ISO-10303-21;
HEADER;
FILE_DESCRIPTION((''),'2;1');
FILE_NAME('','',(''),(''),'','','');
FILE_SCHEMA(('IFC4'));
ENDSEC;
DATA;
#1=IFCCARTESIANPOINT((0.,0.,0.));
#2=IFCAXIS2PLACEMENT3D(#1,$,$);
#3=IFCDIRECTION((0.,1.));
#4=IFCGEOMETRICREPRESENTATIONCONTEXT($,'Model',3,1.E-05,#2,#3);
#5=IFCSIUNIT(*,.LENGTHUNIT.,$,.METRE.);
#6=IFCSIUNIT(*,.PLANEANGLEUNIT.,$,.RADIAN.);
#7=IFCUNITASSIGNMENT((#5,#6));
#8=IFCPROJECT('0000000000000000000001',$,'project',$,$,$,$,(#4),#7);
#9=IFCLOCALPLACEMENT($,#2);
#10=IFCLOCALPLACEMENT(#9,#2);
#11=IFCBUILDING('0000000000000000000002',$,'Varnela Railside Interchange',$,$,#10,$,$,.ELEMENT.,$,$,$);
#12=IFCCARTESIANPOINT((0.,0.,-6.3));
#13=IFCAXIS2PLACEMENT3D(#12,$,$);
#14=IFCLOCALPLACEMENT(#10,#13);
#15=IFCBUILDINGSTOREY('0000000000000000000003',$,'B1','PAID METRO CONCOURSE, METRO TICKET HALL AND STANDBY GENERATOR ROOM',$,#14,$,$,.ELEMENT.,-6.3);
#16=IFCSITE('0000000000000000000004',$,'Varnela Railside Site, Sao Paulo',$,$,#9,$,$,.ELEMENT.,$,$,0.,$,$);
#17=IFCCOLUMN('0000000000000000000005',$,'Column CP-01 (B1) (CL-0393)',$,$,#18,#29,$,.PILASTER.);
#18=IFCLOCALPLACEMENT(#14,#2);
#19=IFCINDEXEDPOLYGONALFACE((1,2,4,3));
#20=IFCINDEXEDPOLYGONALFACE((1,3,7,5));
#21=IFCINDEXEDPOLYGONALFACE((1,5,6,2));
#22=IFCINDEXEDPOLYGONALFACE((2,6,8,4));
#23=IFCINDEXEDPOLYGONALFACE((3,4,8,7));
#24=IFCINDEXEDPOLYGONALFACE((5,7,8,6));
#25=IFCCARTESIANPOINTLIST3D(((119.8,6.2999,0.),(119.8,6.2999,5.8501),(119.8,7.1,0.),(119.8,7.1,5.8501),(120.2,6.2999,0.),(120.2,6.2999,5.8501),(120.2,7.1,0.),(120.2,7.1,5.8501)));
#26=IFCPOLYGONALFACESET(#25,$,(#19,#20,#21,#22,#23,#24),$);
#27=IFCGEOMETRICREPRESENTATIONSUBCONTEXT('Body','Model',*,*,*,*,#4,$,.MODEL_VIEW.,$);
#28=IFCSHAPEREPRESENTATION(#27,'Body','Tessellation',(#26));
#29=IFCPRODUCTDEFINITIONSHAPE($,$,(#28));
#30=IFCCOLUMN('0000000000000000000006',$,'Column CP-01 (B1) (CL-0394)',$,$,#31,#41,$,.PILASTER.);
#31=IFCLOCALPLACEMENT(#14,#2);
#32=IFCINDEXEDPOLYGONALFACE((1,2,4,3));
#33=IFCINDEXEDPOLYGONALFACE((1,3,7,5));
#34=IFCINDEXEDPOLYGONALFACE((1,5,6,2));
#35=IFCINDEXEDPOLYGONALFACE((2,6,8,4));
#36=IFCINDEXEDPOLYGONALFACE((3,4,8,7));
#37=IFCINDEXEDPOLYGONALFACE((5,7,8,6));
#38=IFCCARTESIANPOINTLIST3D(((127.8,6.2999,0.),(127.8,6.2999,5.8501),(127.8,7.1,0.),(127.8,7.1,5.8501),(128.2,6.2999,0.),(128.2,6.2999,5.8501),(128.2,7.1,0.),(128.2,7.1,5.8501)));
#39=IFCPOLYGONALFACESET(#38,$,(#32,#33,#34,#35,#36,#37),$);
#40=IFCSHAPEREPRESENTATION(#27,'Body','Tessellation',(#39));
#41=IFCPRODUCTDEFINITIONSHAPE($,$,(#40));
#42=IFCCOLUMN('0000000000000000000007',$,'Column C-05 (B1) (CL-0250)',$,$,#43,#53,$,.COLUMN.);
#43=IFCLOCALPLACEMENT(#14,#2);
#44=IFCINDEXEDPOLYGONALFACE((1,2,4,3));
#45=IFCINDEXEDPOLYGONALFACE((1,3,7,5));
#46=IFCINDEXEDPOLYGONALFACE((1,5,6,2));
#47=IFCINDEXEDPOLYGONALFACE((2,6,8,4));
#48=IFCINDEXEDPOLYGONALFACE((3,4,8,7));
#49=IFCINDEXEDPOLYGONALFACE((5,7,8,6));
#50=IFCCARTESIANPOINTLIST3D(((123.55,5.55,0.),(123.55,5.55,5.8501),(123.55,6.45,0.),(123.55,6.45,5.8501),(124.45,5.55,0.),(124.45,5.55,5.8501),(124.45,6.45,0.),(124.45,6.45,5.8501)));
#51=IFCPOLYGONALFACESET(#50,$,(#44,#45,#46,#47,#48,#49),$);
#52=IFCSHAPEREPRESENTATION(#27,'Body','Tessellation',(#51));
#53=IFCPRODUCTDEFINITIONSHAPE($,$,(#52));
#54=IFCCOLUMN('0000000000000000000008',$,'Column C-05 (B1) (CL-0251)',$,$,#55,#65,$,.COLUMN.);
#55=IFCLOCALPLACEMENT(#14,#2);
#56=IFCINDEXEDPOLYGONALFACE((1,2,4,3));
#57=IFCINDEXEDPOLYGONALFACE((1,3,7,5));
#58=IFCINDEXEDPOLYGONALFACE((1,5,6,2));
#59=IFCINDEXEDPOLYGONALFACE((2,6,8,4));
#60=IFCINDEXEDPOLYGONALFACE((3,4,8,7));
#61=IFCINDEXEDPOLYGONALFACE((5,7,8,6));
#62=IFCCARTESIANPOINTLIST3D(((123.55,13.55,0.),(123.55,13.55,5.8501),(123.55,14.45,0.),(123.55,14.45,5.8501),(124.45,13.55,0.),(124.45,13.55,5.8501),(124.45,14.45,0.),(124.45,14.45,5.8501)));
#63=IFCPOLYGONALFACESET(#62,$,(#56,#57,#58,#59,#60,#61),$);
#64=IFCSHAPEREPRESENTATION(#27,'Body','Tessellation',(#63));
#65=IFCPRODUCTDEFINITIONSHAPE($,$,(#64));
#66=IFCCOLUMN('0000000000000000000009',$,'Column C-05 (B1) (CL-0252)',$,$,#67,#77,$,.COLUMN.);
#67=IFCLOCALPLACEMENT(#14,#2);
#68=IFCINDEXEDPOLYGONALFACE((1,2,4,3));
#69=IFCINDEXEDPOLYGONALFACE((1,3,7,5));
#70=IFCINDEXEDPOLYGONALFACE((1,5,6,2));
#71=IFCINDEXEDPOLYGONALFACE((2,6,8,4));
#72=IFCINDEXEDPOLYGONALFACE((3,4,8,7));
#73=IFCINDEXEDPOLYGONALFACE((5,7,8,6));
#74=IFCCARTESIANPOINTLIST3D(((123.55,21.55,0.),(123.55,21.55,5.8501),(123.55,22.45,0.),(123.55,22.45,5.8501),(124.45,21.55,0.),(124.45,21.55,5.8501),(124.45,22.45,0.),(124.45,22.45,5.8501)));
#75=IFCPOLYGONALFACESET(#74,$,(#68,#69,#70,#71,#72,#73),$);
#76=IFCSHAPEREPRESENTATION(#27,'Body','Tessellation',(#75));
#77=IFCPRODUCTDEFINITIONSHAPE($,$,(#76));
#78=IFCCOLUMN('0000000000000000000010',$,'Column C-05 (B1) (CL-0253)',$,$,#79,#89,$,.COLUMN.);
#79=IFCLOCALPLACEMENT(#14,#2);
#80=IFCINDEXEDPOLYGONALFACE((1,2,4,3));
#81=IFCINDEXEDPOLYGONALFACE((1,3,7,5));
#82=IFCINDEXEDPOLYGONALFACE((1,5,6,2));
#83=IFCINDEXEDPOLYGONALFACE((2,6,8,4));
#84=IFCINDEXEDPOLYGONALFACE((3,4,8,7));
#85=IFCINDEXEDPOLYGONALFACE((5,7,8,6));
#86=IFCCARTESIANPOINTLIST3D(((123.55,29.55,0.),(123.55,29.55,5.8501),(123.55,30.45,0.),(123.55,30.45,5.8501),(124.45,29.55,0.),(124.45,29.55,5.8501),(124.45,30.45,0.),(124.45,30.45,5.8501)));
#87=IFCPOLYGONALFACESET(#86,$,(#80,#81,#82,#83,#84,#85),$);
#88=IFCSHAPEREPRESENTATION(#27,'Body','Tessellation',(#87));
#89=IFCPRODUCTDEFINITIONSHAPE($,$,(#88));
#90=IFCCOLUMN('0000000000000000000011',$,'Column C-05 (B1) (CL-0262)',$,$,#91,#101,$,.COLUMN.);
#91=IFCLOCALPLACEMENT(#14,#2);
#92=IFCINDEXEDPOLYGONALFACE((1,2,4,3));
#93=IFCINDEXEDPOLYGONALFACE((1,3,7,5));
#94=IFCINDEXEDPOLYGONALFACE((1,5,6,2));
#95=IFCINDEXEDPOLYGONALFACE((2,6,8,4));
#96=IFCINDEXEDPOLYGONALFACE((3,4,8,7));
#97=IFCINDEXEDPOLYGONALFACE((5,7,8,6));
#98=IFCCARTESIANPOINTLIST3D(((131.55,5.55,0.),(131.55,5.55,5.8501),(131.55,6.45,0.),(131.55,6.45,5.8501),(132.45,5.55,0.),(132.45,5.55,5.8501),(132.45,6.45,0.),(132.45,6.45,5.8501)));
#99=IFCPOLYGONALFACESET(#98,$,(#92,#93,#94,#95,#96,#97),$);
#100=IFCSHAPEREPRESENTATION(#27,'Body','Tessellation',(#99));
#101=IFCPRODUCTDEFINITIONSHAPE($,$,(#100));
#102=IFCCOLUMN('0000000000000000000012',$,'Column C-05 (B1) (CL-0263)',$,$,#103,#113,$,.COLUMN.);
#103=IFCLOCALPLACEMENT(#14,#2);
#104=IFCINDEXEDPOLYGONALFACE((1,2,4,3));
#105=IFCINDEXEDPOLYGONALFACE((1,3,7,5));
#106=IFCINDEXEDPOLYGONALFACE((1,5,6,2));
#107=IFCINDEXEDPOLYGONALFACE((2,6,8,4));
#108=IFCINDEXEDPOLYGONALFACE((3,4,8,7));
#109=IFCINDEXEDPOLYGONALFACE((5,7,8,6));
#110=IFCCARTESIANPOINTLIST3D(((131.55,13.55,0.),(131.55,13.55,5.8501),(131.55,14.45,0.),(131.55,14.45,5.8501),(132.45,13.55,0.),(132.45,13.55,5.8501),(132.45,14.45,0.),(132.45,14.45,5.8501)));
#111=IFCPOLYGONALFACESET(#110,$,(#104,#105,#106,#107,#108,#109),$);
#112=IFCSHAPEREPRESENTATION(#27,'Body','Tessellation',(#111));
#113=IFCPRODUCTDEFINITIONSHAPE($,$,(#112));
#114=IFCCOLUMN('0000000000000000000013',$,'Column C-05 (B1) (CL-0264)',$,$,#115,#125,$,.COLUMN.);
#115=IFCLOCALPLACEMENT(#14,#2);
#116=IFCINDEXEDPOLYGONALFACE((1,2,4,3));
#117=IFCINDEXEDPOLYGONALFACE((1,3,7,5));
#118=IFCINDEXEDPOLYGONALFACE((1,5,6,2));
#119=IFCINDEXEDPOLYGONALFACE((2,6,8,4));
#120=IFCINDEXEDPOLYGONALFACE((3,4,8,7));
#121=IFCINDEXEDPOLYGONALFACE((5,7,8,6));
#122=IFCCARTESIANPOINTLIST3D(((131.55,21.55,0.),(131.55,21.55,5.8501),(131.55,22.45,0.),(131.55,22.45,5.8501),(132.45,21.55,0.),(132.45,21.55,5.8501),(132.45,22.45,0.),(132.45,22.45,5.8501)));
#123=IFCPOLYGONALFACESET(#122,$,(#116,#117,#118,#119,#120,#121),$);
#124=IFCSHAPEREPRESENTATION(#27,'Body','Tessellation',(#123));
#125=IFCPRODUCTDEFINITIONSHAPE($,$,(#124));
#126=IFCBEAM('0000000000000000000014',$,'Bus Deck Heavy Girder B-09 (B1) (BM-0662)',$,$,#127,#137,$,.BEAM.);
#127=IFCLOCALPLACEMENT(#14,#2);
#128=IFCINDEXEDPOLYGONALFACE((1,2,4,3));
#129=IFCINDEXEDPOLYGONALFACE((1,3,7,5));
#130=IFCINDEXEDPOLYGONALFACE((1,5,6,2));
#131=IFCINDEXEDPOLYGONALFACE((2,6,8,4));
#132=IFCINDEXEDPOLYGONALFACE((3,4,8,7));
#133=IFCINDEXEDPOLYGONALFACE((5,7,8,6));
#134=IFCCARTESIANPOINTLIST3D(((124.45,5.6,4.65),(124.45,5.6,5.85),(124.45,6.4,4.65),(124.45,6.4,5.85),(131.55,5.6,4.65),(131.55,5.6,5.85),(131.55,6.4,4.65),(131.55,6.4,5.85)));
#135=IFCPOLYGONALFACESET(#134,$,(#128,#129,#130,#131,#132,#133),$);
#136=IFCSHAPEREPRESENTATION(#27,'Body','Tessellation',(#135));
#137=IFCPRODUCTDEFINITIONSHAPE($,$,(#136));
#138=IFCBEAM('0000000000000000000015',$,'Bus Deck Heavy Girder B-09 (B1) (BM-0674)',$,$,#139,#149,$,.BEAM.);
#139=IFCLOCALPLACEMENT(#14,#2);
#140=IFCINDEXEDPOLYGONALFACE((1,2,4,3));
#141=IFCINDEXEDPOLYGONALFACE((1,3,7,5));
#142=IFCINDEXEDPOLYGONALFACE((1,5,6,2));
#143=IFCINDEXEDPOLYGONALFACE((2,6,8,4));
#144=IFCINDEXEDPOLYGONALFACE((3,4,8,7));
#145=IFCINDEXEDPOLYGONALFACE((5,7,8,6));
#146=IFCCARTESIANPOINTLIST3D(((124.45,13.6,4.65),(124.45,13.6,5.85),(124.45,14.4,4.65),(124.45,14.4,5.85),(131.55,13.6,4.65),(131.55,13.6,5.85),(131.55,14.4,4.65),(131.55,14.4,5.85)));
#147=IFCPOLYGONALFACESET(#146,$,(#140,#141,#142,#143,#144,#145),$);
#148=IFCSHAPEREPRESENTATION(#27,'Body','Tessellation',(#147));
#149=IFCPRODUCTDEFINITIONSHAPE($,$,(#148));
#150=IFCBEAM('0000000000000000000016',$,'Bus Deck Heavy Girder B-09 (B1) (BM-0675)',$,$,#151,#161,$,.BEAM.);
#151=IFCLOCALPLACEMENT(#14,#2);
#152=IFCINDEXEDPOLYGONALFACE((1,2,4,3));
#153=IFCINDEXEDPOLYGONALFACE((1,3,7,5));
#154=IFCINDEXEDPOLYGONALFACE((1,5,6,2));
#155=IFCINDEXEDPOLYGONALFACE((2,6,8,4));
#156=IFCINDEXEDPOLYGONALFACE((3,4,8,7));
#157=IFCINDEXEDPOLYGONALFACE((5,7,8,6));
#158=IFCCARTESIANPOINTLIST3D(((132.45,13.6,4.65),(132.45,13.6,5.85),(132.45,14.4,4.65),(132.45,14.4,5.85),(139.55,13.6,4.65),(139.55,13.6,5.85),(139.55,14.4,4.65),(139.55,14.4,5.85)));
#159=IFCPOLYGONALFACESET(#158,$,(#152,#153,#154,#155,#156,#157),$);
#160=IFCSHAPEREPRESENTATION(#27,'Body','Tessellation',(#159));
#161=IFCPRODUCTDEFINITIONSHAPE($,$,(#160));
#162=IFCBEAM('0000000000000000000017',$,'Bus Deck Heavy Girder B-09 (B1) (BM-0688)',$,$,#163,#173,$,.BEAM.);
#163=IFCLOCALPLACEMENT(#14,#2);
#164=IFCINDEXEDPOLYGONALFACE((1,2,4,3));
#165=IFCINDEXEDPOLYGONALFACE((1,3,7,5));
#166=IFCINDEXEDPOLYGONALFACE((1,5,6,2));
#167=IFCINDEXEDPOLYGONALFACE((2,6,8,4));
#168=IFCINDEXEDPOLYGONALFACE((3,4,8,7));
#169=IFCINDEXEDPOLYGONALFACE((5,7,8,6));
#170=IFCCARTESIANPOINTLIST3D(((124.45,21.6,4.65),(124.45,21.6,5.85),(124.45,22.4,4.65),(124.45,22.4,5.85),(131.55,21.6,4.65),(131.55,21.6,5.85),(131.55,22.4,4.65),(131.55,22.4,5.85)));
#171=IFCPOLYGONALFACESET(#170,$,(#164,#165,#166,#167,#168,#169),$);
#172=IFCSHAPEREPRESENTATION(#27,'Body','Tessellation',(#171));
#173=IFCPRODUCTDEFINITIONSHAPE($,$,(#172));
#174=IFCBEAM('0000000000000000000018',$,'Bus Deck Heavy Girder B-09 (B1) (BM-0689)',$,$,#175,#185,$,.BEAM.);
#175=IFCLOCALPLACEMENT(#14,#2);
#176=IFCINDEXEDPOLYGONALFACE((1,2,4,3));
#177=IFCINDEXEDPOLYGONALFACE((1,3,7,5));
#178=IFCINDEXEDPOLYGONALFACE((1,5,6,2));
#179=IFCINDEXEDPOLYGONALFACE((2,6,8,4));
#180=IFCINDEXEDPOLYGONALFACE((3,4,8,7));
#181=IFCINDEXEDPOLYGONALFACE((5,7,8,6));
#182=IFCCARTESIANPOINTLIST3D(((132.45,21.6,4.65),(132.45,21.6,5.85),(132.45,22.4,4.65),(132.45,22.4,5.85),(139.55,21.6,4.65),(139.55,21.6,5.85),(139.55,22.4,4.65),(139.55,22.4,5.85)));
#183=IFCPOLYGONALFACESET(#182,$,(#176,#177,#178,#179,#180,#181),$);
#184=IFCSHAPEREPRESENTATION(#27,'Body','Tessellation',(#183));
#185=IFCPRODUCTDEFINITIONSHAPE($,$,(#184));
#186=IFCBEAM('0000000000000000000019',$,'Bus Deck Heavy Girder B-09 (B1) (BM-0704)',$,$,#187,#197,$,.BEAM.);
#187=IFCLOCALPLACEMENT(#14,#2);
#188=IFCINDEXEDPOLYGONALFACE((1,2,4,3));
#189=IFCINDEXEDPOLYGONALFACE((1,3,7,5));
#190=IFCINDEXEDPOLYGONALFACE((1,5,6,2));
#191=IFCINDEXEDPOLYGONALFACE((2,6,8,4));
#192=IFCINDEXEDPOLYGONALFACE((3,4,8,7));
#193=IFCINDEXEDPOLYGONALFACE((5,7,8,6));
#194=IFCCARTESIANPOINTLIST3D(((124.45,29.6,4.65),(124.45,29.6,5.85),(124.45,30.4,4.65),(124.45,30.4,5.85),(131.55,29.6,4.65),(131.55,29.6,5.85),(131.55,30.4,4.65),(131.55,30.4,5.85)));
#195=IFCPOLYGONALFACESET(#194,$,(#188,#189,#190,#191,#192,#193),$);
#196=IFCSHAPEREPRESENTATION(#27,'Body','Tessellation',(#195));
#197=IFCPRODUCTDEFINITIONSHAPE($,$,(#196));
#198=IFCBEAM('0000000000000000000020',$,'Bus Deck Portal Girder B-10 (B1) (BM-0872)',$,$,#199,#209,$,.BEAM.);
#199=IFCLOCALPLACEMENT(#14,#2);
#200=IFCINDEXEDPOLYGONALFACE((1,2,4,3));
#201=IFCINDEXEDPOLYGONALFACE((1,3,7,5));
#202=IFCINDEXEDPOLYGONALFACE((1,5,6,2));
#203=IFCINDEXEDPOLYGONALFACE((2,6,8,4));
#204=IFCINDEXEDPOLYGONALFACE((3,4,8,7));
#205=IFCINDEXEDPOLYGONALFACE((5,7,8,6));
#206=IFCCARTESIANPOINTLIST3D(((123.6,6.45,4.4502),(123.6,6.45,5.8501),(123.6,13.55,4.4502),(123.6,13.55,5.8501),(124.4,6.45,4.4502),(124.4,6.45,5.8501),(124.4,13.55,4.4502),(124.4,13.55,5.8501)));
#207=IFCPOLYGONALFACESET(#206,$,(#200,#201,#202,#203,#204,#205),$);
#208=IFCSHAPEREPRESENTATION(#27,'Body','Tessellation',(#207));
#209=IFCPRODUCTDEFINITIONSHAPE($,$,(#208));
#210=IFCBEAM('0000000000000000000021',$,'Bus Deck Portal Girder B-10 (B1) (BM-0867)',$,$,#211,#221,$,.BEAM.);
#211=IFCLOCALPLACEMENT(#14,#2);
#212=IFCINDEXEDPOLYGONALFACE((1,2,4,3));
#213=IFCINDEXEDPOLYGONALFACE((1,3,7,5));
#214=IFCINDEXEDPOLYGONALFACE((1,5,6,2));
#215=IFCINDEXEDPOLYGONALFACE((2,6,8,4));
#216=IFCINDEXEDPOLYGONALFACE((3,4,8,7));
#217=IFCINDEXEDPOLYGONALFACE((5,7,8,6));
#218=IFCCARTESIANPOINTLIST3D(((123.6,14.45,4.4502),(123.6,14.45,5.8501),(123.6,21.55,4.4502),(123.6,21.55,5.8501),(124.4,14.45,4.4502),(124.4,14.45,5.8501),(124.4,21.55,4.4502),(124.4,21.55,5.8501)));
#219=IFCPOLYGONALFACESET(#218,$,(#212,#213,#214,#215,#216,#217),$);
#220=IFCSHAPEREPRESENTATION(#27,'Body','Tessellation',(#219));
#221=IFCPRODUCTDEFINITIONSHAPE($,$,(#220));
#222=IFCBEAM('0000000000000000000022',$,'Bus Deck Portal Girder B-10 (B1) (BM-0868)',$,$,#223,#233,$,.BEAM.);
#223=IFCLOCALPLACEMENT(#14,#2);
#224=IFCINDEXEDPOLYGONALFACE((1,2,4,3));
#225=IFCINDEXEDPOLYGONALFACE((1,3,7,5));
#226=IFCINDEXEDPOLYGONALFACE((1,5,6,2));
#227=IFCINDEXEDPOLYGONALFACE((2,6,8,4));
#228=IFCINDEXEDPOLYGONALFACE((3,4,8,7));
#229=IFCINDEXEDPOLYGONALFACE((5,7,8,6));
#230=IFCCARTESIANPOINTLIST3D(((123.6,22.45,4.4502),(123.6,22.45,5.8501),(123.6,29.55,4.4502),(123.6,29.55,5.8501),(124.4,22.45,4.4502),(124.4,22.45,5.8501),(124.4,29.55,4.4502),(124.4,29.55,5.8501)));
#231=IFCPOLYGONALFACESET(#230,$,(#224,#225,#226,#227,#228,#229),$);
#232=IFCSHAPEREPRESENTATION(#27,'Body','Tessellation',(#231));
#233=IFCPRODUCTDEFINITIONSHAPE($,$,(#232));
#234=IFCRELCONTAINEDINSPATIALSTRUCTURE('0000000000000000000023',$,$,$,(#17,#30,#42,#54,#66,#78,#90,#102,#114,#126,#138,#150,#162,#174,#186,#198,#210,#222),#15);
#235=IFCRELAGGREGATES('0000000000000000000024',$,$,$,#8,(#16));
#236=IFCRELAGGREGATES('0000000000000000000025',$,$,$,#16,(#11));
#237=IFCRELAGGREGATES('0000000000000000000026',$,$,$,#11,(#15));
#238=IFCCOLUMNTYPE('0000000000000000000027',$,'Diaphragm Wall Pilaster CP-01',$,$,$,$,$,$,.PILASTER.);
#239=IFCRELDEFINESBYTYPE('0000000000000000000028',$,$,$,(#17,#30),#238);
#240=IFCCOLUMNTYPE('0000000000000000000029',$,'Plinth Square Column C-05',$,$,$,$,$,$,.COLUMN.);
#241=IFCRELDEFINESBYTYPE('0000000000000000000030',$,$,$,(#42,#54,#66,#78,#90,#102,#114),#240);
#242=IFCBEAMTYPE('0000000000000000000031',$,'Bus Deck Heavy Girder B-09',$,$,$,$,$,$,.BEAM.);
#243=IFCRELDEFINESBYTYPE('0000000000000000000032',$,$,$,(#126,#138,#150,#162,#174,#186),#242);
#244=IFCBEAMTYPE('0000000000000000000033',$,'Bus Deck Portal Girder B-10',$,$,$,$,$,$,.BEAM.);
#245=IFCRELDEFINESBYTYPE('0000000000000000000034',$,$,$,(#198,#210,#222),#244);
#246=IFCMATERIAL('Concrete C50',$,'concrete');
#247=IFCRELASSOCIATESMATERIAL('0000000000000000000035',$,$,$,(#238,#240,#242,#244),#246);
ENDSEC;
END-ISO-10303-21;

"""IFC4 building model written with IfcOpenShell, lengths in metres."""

from ifc_helpers import new_model, si_unit, direction, frame, origin, origin_2d, place, context, subcontext, project, spatial, rectangle, extrude, material, material_profile, profile_set, type_object, element, save


model = new_model("IFC4")

# Units and contexts
model_context = context("Model", 3, precision=1e-05, world=origin(), true_north=direction((0.0, 1.0)))
body_context = subcontext(model_context, "Body", "Model", "MODEL_VIEW")
ifc_project = project(units=[si_unit("LENGTHUNIT", "METRE"), si_unit("PLANEANGLEUNIT", "RADIAN")], contexts=[model_context])

# Site, building, storey
site_placement = place(None, origin())
site = spatial("IfcSite", under=ifc_project, at=site_placement, Name="Varnela Railside Site, Sao Paulo", CompositionType="ELEMENT", RefElevation=0.0)
building_placement = place(site_placement, origin())
building = spatial("IfcBuilding", under=site, at=building_placement, Name="Varnela Railside Interchange", CompositionType="ELEMENT")
storey_placement = place(building_placement, frame((0.0, 0.0, -6.3)))
storey = spatial("IfcBuildingStorey", under=building, at=storey_placement, Name="B1", Description="PAID METRO CONCOURSE, METRO TICKET HALL AND STANDBY GENERATOR ROOM", CompositionType="ELEMENT", Elevation=-6.3)

# Columns
ifc_material_1 = material(Name="Concrete C50", Category="concrete")
ifc_material_profile_1 = material_profile(ifc_material_1, rectangle(XDim=0.3999, YDim=0.8, at=origin_2d()), Name="RC 400x800")
ifc_profile_set_1 = profile_set([ifc_material_profile_1], Name="Concrete C50")
column_type_1 = type_object("IfcColumnType", Name="Diaphragm Wall Pilaster CP-01", PredefinedType="PILASTER", material=ifc_profile_set_1)
for number, where, z_axis, x_axis, name in (
    (1, (120.0, 6.7, 0.0), (0.0, 0.0, 1.0), (1.0, 0.0, 0.0), "Column CP-01 (B1) (CL-0393)"),
    (2, (128.0, 6.7, 0.0), (0.0, 0.0, 1.0), (1.0, 0.0, 0.0), "Column CP-01 (B1) (CL-0394)"),
):
    element("IfcColumn", number, at=place(storey_placement, frame(where, z_axis=z_axis, x_axis=x_axis)), inside=storey, type_object=column_type_1, Name=name, PredefinedType="PILASTER", context=body_context, shape_type="SweptSolid", body=[
        extrude(rectangle(XDim=0.3999, YDim=0.8, at=origin_2d()), origin(), (0.0, 0.0, 1.0), 5.8501),
    ])
ifc_material_profile_2 = material_profile(ifc_material_1, rectangle(XDim=0.8999, YDim=0.8999, at=origin_2d()), Name="RC 900x900")
ifc_profile_set_2 = profile_set([ifc_material_profile_2], Name="Concrete C50")
column_type_2 = type_object("IfcColumnType", Name="Plinth Square Column C-05", PredefinedType="COLUMN", material=ifc_profile_set_2)
for number, where, z_axis, x_axis, name in (
    (3, (124.0, 6.0, 0.0), (0.0, 0.0, 1.0), (1.0, 0.0, 0.0), "Column C-05 (B1) (CL-0250)"),
    (4, (124.0, 14.0, 0.0), (0.0, 0.0, 1.0), (1.0, 0.0, 0.0), "Column C-05 (B1) (CL-0251)"),
    (5, (124.0, 22.0, 0.0), (0.0, 0.0, 1.0), (1.0, 0.0, 0.0), "Column C-05 (B1) (CL-0252)"),
    (6, (124.0, 30.0, 0.0), (0.0, 0.0, 1.0), (1.0, 0.0, 0.0), "Column C-05 (B1) (CL-0253)"),
    (7, (132.0, 6.0, 0.0), (0.0, 0.0, 1.0), (1.0, 0.0, 0.0), "Column C-05 (B1) (CL-0262)"),
    (8, (132.0, 14.0, 0.0), (0.0, 0.0, 1.0), (1.0, 0.0, 0.0), "Column C-05 (B1) (CL-0263)"),
    (9, (132.0, 22.0, 0.0), (0.0, 0.0, 1.0), (1.0, 0.0, 0.0), "Column C-05 (B1) (CL-0264)"),
):
    element("IfcColumn", number, at=place(storey_placement, frame(where, z_axis=z_axis, x_axis=x_axis)), inside=storey, type_object=column_type_2, Name=name, PredefinedType="COLUMN", context=body_context, shape_type="SweptSolid", body=[
        extrude(rectangle(XDim=0.8999, YDim=0.8999, at=origin_2d()), origin(), (0.0, 0.0, 1.0), 5.8501),
    ])

# Beams
ifc_material_profile_3 = material_profile(ifc_material_1, rectangle(XDim=0.8, YDim=1.2, at=origin_2d()), Name="RC 800x1200")
ifc_profile_set_3 = profile_set([ifc_material_profile_3], Name="Concrete C50")
beam_type_1 = type_object("IfcBeamType", Name="Bus Deck Heavy Girder B-09", PredefinedType="BEAM", material=ifc_profile_set_3)
for number, where, z_axis, x_axis, name in (
    (10, (124.45, 6.0, 5.25), (1.0, 0.0, 0.0), (0.0, 1.0, 0.0), "Bus Deck Heavy Girder B-09 (B1) (BM-0662)"),
    (11, (124.45, 14.0, 5.25), (1.0, 0.0, 0.0), (0.0, 1.0, 0.0), "Bus Deck Heavy Girder B-09 (B1) (BM-0674)"),
    (12, (132.45, 14.0, 5.25), (1.0, 0.0, 0.0), (0.0, 1.0, 0.0), "Bus Deck Heavy Girder B-09 (B1) (BM-0675)"),
    (13, (124.45, 22.0, 5.25), (1.0, 0.0, 0.0), (0.0, 1.0, 0.0), "Bus Deck Heavy Girder B-09 (B1) (BM-0688)"),
    (14, (132.45, 22.0, 5.25), (1.0, 0.0, 0.0), (0.0, 1.0, 0.0), "Bus Deck Heavy Girder B-09 (B1) (BM-0689)"),
    (15, (124.45, 30.0, 5.25), (1.0, 0.0, 0.0), (0.0, 1.0, 0.0), "Bus Deck Heavy Girder B-09 (B1) (BM-0704)"),
):
    element("IfcBeam", number, at=place(storey_placement, frame(where, z_axis=z_axis, x_axis=x_axis)), inside=storey, type_object=beam_type_1, Name=name, PredefinedType="BEAM", context=body_context, shape_type="SweptSolid", body=[
        extrude(rectangle(XDim=0.8, YDim=1.2, at=origin_2d()), origin(), (0.0, 0.0, 1.0), 7.1001),
    ])
ifc_material_profile_4 = material_profile(ifc_material_1, rectangle(XDim=0.8, YDim=1.3999, at=origin_2d()), Name="RC 800x1400")
ifc_profile_set_4 = profile_set([ifc_material_profile_4], Name="Concrete C50")
beam_type_2 = type_object("IfcBeamType", Name="Bus Deck Portal Girder B-10", PredefinedType="BEAM", material=ifc_profile_set_4)
for number, where, z_axis, x_axis, name in (
    (16, (124.0, 6.45, 5.1501), (0.0, 1.0, 0.0), (-1.0, 0.0, 0.0), "Bus Deck Portal Girder B-10 (B1) (BM-0872)"),
    (17, (124.0, 14.45, 5.1501), (0.0, 1.0, 0.0), (-1.0, 0.0, 0.0), "Bus Deck Portal Girder B-10 (B1) (BM-0867)"),
    (18, (124.0, 22.45, 5.1501), (0.0, 1.0, 0.0), (-1.0, 0.0, 0.0), "Bus Deck Portal Girder B-10 (B1) (BM-0868)"),
):
    element("IfcBeam", number, at=place(storey_placement, frame(where, z_axis=z_axis, x_axis=x_axis)), inside=storey, type_object=beam_type_2, Name=name, PredefinedType="BEAM", context=body_context, shape_type="SweptSolid", body=[
        extrude(rectangle(XDim=0.8, YDim=1.3999, at=origin_2d()), origin(), (0.0, 0.0, 1.0), 7.1001),
    ])

save(model, "model.ifc")
